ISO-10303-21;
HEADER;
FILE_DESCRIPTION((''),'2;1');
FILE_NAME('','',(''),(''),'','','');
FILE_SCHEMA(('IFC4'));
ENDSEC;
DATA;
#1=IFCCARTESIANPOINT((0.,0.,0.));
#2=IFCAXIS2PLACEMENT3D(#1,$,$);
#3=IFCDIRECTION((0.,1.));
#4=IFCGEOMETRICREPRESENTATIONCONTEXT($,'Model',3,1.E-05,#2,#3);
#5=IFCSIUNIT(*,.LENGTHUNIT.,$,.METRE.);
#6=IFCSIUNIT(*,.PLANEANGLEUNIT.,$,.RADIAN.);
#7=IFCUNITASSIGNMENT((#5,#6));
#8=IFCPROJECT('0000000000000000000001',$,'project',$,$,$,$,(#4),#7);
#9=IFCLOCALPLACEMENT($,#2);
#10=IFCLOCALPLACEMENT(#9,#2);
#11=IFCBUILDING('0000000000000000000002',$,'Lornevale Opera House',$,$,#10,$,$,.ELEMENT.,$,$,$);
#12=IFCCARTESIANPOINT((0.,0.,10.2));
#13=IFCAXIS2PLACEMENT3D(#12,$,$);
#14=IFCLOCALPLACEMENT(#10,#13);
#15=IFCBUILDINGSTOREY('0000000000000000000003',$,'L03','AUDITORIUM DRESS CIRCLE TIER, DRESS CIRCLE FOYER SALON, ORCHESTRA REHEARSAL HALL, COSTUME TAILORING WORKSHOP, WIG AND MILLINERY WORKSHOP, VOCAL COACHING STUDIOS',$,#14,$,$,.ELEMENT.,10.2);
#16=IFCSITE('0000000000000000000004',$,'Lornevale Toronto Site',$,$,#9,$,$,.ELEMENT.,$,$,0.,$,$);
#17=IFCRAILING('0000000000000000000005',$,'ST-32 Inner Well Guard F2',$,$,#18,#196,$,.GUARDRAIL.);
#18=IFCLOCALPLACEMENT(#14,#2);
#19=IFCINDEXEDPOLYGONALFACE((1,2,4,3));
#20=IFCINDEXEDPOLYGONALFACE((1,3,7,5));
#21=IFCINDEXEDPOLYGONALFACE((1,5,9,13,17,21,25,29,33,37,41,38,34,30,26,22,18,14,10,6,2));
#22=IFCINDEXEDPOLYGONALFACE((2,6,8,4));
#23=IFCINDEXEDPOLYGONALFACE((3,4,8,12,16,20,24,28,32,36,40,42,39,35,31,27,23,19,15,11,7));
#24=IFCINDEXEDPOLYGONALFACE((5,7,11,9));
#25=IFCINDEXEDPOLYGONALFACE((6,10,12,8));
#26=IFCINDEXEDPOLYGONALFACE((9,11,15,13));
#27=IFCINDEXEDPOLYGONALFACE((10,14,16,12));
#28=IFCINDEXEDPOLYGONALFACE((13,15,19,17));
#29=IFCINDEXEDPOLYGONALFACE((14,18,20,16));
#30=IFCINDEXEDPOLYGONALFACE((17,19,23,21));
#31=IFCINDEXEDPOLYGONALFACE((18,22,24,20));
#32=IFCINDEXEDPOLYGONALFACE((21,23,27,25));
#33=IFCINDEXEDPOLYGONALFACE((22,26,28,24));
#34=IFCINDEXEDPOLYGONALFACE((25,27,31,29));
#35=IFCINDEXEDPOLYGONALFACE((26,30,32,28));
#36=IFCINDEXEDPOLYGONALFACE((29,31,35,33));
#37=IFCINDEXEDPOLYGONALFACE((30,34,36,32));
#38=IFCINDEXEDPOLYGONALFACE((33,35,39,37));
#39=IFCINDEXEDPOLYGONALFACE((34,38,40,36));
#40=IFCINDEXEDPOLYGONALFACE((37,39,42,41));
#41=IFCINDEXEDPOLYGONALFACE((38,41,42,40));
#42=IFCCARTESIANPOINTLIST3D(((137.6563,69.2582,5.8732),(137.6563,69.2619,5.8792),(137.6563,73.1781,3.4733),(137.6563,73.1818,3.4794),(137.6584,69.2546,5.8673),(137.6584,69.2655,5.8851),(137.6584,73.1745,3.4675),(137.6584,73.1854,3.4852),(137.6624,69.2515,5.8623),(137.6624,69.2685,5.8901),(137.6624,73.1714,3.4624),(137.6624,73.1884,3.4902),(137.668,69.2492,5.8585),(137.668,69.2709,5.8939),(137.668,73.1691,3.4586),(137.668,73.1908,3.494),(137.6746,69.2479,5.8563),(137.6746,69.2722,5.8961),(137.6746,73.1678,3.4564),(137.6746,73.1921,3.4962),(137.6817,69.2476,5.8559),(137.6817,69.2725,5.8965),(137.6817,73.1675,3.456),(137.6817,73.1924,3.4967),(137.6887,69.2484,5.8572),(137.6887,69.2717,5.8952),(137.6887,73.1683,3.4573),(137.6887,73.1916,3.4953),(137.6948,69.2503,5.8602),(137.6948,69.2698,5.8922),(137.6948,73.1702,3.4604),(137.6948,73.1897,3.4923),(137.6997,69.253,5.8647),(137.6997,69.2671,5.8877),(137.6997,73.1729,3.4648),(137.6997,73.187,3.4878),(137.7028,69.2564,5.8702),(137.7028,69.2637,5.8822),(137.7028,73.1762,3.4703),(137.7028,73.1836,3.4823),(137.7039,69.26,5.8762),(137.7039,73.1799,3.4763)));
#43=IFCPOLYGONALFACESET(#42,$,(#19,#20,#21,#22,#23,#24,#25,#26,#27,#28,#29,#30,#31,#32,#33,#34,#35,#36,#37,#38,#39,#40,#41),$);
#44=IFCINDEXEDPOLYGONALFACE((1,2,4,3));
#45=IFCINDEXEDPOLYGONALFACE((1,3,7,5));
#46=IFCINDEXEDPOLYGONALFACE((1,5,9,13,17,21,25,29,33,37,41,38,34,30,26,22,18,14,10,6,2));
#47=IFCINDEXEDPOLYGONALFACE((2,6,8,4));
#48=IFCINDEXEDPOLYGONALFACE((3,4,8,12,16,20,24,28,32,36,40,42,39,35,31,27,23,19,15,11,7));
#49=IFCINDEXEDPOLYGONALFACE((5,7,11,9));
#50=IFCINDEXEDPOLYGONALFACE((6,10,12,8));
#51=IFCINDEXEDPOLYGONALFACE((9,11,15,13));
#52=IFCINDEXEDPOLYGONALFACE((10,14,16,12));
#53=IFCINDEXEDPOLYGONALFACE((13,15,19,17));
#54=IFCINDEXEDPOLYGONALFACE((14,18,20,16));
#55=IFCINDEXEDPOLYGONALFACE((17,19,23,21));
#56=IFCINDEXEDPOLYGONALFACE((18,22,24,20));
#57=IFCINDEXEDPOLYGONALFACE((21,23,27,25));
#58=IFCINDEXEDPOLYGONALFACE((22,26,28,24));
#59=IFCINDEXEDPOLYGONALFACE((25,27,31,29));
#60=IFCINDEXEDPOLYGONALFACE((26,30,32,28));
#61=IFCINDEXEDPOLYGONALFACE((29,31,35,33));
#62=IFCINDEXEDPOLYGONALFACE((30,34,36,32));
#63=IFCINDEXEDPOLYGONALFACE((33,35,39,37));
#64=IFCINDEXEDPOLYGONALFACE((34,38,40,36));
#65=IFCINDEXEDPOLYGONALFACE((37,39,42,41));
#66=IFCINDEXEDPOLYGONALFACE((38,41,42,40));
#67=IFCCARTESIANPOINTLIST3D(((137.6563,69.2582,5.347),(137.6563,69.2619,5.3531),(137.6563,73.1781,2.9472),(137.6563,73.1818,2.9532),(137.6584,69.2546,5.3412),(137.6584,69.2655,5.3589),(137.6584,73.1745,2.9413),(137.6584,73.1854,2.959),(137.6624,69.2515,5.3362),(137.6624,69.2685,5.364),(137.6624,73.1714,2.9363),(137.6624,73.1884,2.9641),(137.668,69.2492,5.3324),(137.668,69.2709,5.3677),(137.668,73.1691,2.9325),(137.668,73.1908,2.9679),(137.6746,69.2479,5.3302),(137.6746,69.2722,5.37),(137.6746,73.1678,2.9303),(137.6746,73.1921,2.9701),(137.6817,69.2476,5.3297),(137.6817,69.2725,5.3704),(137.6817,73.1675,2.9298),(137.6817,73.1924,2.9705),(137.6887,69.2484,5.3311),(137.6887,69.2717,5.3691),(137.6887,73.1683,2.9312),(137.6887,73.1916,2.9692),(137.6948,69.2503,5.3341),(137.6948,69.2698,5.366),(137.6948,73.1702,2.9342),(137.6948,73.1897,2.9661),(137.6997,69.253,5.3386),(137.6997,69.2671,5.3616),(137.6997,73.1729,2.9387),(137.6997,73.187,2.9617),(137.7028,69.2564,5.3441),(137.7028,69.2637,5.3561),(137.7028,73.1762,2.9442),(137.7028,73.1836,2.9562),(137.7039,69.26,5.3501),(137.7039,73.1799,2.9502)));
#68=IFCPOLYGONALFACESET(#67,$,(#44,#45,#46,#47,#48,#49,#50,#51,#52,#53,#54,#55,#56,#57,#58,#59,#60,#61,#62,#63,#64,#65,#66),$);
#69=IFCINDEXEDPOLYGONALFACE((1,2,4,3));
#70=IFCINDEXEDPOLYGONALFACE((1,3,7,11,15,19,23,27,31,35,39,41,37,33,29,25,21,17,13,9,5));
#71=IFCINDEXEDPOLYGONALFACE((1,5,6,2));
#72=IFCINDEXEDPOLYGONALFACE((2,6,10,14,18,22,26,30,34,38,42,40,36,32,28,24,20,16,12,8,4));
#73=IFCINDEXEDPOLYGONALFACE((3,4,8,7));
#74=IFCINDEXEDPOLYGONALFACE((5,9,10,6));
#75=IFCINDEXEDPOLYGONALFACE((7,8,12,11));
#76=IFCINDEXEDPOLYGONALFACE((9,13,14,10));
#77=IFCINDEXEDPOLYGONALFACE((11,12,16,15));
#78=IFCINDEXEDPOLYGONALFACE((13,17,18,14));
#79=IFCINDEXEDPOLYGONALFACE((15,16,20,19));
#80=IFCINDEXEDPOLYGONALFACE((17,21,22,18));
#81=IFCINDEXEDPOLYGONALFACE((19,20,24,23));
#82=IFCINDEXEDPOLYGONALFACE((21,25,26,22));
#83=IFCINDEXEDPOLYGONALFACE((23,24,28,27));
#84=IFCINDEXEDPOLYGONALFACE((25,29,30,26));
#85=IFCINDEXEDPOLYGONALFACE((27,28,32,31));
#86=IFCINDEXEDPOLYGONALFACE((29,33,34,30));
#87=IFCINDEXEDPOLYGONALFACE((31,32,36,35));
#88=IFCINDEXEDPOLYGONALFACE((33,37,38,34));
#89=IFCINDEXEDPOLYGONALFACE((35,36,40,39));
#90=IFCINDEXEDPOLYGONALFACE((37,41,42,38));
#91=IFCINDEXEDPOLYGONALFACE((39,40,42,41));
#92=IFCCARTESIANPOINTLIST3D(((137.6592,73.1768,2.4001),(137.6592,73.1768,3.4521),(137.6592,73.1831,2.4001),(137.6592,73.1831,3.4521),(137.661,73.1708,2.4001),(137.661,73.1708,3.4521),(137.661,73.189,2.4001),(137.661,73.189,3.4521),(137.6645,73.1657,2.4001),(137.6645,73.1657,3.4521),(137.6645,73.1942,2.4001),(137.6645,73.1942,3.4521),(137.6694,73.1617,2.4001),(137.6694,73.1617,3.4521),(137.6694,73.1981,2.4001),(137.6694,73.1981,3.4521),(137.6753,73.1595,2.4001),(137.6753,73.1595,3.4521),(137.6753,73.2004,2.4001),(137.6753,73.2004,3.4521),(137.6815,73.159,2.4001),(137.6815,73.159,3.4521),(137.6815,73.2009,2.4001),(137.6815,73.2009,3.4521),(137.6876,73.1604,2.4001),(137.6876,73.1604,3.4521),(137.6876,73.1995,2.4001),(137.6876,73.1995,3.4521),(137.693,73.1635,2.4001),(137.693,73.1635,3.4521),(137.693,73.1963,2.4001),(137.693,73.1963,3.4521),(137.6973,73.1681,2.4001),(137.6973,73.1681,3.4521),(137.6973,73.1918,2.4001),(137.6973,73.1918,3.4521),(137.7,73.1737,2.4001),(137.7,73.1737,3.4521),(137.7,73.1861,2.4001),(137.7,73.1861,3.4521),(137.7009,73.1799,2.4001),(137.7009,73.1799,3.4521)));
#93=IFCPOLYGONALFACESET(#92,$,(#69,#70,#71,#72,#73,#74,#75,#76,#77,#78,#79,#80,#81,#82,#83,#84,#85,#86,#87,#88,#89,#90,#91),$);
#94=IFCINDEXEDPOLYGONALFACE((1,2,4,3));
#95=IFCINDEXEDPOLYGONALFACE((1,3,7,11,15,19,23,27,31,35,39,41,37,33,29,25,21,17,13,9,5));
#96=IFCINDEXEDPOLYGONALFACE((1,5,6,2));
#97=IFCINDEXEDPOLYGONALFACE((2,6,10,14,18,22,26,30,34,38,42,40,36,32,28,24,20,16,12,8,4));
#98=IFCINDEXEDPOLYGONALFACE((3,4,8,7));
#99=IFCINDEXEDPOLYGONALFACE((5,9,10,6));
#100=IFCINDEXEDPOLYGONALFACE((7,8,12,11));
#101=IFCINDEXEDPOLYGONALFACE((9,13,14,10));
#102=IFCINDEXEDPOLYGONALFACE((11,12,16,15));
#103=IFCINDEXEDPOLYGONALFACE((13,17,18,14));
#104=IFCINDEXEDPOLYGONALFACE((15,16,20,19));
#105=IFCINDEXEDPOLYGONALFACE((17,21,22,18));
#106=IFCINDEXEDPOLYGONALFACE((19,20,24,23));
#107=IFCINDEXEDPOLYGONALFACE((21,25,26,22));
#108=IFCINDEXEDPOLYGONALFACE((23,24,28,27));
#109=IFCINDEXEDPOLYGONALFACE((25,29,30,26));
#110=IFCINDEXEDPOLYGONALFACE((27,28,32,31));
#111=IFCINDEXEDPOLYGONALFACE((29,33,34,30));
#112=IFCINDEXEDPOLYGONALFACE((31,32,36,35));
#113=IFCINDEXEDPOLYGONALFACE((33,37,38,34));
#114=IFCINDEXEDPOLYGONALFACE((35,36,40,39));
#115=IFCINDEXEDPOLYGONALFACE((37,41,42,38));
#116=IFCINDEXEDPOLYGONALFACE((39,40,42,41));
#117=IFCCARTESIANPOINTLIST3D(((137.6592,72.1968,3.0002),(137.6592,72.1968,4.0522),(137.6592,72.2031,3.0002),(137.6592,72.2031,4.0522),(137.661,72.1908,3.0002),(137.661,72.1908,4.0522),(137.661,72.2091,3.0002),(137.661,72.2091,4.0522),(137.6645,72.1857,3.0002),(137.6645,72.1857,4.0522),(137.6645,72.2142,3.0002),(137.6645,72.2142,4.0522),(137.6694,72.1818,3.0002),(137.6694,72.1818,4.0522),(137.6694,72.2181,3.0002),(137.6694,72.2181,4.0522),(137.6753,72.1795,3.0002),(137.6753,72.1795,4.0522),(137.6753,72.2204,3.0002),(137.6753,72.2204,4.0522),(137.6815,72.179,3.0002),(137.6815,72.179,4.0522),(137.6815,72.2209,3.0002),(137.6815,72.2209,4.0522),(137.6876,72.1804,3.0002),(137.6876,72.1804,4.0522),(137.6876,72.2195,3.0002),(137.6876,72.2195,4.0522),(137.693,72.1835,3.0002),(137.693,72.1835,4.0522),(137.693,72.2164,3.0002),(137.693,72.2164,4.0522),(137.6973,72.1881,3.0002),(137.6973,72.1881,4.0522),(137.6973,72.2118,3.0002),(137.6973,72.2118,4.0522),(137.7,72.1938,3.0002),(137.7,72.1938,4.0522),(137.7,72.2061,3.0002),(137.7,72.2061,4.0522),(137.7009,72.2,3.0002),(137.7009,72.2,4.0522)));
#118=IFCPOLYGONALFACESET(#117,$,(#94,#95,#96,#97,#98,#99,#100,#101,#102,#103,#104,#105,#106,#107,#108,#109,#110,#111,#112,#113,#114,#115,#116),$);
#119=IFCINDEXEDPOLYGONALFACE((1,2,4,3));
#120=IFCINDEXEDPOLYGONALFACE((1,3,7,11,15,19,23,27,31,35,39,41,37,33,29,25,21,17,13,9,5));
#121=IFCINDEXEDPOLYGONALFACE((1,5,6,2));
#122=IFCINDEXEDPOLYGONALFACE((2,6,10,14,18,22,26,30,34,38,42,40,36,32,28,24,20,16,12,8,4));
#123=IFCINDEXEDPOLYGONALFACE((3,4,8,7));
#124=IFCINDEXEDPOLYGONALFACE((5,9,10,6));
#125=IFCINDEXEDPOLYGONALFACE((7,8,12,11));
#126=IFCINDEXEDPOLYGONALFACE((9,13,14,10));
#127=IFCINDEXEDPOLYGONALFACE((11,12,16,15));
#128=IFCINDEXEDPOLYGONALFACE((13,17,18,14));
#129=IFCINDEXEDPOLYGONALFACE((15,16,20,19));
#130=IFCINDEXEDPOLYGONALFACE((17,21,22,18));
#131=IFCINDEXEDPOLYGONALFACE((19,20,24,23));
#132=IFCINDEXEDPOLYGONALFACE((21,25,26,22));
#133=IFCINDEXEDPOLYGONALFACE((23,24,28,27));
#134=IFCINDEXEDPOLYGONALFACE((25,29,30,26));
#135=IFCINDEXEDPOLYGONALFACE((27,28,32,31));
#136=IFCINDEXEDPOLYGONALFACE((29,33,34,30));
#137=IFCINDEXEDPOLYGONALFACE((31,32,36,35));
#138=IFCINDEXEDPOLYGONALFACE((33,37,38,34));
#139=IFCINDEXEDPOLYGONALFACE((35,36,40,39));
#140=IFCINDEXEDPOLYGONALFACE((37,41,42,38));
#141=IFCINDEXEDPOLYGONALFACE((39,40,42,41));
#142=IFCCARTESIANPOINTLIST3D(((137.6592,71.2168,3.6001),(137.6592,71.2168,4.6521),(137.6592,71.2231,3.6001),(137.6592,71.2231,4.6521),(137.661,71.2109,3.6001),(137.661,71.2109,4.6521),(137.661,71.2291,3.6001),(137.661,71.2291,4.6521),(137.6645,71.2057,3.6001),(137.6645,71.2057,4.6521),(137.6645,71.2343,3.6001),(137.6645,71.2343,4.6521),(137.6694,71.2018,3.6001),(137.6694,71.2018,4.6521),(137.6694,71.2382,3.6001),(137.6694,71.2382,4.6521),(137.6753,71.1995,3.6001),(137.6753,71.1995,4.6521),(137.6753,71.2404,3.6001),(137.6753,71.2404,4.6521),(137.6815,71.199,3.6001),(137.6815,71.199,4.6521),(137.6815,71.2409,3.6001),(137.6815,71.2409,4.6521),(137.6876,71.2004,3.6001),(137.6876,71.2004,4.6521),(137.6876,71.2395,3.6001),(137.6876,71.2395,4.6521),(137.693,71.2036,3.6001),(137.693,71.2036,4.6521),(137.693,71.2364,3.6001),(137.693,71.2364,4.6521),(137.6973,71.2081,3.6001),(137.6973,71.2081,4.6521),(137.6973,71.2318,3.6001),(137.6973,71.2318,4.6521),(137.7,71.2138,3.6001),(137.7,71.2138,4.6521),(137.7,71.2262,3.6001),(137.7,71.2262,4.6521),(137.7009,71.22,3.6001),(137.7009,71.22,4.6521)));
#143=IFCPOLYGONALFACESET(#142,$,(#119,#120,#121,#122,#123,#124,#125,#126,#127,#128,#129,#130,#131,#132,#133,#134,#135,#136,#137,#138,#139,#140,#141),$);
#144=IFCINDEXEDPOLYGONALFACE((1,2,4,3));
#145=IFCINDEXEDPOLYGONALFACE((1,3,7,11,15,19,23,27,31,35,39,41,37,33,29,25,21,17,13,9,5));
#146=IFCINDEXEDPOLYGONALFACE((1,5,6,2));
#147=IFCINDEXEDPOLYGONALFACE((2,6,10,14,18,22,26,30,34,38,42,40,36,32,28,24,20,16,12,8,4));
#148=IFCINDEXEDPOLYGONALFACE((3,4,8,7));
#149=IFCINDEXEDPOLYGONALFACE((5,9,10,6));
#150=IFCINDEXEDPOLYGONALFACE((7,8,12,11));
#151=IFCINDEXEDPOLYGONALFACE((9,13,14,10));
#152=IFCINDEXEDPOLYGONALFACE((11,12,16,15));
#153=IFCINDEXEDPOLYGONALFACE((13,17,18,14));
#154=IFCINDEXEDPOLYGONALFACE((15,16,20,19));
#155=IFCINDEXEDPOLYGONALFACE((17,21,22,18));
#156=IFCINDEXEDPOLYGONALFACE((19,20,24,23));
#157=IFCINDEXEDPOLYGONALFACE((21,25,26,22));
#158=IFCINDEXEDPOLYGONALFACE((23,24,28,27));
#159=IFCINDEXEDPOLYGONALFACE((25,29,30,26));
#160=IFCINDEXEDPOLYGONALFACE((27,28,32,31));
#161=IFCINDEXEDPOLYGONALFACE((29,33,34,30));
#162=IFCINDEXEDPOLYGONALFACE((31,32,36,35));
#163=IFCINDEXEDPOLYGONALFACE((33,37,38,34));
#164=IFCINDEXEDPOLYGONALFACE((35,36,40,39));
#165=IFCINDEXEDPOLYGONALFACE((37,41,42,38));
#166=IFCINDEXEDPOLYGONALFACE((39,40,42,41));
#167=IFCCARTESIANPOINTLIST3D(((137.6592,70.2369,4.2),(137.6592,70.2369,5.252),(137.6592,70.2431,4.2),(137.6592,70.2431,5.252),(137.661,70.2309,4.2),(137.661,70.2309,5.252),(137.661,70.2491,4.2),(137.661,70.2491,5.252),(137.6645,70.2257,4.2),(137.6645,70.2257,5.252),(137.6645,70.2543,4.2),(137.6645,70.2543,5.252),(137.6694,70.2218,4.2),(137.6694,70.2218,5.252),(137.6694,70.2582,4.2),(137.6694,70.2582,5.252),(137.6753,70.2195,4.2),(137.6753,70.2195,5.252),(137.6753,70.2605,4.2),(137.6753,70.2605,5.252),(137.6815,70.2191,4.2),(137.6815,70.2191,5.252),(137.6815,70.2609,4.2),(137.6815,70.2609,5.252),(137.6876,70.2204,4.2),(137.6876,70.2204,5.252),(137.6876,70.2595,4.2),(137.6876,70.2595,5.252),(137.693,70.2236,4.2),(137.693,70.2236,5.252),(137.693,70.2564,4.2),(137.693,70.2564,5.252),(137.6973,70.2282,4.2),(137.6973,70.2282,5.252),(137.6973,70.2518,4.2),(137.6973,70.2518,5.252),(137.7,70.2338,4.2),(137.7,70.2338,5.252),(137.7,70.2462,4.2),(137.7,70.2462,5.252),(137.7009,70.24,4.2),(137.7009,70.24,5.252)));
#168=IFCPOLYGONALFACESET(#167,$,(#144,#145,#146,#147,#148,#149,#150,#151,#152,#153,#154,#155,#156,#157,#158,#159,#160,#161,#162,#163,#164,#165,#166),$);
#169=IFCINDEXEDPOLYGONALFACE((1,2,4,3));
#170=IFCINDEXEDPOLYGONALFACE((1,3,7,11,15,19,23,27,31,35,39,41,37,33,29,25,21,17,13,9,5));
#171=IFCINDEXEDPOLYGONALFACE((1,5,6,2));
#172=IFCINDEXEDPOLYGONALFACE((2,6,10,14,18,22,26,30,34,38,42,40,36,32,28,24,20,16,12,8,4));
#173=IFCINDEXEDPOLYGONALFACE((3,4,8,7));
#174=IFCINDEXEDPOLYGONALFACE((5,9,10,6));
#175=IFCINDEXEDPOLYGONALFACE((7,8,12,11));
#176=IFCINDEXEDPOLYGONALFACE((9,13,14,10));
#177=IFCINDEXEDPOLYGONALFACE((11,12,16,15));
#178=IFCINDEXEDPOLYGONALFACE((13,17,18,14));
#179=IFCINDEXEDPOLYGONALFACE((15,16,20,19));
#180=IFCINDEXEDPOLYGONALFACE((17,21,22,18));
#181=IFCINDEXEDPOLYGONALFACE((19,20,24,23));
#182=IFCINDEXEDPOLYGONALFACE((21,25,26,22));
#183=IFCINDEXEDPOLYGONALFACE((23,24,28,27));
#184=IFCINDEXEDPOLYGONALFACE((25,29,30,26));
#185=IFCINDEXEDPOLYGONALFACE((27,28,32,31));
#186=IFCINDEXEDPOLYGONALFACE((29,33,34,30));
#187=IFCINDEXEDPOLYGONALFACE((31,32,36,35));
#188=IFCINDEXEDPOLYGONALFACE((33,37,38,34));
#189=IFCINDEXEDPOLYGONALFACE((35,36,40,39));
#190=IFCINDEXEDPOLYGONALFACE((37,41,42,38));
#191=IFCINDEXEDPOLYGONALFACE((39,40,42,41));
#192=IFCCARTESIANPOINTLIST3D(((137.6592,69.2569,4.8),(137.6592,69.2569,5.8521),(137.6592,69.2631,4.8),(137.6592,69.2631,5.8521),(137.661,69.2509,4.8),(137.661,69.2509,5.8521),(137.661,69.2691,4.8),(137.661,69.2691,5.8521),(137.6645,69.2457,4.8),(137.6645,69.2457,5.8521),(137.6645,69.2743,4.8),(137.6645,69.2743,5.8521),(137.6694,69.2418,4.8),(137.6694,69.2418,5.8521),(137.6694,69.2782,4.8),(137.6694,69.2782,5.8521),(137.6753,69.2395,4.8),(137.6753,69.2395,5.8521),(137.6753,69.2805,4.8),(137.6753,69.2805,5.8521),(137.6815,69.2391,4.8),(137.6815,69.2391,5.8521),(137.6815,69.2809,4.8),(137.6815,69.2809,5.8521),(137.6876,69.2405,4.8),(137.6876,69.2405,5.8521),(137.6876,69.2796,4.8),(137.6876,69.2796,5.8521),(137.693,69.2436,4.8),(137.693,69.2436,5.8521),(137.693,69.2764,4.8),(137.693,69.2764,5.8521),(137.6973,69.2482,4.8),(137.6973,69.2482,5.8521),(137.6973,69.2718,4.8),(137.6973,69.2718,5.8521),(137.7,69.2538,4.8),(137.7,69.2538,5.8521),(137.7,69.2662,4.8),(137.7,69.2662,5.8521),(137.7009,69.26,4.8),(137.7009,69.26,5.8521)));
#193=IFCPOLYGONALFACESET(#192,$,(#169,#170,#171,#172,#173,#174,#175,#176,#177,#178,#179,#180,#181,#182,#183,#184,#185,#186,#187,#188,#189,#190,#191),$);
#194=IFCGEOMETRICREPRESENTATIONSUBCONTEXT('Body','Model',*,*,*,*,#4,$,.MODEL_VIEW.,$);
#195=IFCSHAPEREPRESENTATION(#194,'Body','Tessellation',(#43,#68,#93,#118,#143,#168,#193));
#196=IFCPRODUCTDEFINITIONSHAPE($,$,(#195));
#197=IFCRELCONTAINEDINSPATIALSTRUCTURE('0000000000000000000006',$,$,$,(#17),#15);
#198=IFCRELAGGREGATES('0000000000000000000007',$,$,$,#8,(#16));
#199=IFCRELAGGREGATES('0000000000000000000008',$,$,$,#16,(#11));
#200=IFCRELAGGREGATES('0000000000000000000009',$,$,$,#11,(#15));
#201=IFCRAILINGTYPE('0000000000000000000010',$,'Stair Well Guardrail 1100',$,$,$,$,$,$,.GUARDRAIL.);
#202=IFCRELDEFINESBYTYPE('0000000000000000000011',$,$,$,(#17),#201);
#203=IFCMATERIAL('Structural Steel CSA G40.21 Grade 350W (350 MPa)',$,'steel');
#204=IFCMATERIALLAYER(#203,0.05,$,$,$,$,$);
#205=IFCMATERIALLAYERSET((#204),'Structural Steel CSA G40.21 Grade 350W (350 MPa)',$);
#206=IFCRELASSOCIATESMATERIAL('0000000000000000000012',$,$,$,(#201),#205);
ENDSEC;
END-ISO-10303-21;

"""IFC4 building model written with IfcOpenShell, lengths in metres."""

from ifc_helpers import new_model, si_unit, direction, frame, origin, origin_2d, place, context, subcontext, project, spatial, circle, extrude, material, layer, layer_set, type_object, element, save


model = new_model("IFC4")

# Units and contexts
model_context = context("Model", 3, precision=1e-05, world=origin(), true_north=direction((0.0, 1.0)))
body_context = subcontext(model_context, "Body", "Model", "MODEL_VIEW")
ifc_project = project(units=[si_unit("LENGTHUNIT", "METRE"), si_unit("PLANEANGLEUNIT", "RADIAN")], contexts=[model_context])

# Site, building, storey
site_placement = place(None, origin())
site = spatial("IfcSite", under=ifc_project, at=site_placement, Name="Lornevale Toronto Site", CompositionType="ELEMENT", RefElevation=0.0)
building_placement = place(site_placement, origin())
building = spatial("IfcBuilding", under=site, at=building_placement, Name="Lornevale Opera House", CompositionType="ELEMENT")
storey_placement = place(building_placement, frame((0.0, 0.0, 10.2)))
storey = spatial("IfcBuildingStorey", under=building, at=storey_placement, Name="L03", Description="AUDITORIUM DRESS CIRCLE TIER, DRESS CIRCLE FOYER SALON, ORCHESTRA REHEARSAL HALL, COSTUME TAILORING WORKSHOP, WIG AND MILLINERY WORKSHOP, VOCAL COACHING STUDIOS", CompositionType="ELEMENT", Elevation=10.2)

# Shared definitions
ifc_material_1 = material(Name="Structural Steel CSA G40.21 Grade 350W (350 MPa)", Category="steel")

# Railing
ifc_layer_1 = layer(ifc_material_1, 0.05)
ifc_layer_set_1 = layer_set([ifc_layer_1], Name="Structural Steel CSA G40.21 Grade 350W (350 MPa)")
railing_type_1 = type_object("IfcRailingType", Name="Stair Well Guardrail 1100", PredefinedType="GUARDRAIL", material=ifc_layer_set_1)
railing_1_placement = place(storey_placement, frame((137.6799, 73.1799, 2.4001)))
element("IfcRailing", 1, at=railing_1_placement, inside=storey, type_object=railing_type_1, Name="ST-32 Inner Well Guard F2", PredefinedType="GUARDRAIL", context=body_context, shape_type="SweptSolid", body=[
    extrude(circle(Radius=0.0239, at=origin_2d()), frame((0.0, 0.0, 1.0762), z_axis=(0.0, -0.852856, 0.522146), x_axis=(1.0, 0.0, 0.0)), (0.0, 0.0, 1.0), 4.5962),
    extrude(circle(Radius=0.0239, at=origin_2d()), frame((0.0, 0.0, 0.55), z_axis=(0.0, -0.852856, 0.522146), x_axis=(1.0, 0.0, 0.0)), (0.0, 0.0, 1.0), 4.5962),
    extrude(circle(Radius=0.021, at=origin_2d()), origin(), (0.0, 0.0, 1.0), 1.052),
    extrude(circle(Radius=0.021, at=origin_2d()), frame((0.0, -0.98, 0.6001)), (0.0, 0.0, 1.0), 1.052),
    extrude(circle(Radius=0.021, at=origin_2d()), frame((0.0, -1.96, 1.2)), (0.0, 0.0, 1.0), 1.052),
    extrude(circle(Radius=0.021, at=origin_2d()), frame((0.0, -2.9399, 1.7998)), (0.0, 0.0, 1.0), 1.052),
    extrude(circle(Radius=0.021, at=origin_2d()), frame((0.0, -3.9199, 2.3999)), (0.0, 0.0, 1.0), 1.052),
])

save(model, "model.ifc")
